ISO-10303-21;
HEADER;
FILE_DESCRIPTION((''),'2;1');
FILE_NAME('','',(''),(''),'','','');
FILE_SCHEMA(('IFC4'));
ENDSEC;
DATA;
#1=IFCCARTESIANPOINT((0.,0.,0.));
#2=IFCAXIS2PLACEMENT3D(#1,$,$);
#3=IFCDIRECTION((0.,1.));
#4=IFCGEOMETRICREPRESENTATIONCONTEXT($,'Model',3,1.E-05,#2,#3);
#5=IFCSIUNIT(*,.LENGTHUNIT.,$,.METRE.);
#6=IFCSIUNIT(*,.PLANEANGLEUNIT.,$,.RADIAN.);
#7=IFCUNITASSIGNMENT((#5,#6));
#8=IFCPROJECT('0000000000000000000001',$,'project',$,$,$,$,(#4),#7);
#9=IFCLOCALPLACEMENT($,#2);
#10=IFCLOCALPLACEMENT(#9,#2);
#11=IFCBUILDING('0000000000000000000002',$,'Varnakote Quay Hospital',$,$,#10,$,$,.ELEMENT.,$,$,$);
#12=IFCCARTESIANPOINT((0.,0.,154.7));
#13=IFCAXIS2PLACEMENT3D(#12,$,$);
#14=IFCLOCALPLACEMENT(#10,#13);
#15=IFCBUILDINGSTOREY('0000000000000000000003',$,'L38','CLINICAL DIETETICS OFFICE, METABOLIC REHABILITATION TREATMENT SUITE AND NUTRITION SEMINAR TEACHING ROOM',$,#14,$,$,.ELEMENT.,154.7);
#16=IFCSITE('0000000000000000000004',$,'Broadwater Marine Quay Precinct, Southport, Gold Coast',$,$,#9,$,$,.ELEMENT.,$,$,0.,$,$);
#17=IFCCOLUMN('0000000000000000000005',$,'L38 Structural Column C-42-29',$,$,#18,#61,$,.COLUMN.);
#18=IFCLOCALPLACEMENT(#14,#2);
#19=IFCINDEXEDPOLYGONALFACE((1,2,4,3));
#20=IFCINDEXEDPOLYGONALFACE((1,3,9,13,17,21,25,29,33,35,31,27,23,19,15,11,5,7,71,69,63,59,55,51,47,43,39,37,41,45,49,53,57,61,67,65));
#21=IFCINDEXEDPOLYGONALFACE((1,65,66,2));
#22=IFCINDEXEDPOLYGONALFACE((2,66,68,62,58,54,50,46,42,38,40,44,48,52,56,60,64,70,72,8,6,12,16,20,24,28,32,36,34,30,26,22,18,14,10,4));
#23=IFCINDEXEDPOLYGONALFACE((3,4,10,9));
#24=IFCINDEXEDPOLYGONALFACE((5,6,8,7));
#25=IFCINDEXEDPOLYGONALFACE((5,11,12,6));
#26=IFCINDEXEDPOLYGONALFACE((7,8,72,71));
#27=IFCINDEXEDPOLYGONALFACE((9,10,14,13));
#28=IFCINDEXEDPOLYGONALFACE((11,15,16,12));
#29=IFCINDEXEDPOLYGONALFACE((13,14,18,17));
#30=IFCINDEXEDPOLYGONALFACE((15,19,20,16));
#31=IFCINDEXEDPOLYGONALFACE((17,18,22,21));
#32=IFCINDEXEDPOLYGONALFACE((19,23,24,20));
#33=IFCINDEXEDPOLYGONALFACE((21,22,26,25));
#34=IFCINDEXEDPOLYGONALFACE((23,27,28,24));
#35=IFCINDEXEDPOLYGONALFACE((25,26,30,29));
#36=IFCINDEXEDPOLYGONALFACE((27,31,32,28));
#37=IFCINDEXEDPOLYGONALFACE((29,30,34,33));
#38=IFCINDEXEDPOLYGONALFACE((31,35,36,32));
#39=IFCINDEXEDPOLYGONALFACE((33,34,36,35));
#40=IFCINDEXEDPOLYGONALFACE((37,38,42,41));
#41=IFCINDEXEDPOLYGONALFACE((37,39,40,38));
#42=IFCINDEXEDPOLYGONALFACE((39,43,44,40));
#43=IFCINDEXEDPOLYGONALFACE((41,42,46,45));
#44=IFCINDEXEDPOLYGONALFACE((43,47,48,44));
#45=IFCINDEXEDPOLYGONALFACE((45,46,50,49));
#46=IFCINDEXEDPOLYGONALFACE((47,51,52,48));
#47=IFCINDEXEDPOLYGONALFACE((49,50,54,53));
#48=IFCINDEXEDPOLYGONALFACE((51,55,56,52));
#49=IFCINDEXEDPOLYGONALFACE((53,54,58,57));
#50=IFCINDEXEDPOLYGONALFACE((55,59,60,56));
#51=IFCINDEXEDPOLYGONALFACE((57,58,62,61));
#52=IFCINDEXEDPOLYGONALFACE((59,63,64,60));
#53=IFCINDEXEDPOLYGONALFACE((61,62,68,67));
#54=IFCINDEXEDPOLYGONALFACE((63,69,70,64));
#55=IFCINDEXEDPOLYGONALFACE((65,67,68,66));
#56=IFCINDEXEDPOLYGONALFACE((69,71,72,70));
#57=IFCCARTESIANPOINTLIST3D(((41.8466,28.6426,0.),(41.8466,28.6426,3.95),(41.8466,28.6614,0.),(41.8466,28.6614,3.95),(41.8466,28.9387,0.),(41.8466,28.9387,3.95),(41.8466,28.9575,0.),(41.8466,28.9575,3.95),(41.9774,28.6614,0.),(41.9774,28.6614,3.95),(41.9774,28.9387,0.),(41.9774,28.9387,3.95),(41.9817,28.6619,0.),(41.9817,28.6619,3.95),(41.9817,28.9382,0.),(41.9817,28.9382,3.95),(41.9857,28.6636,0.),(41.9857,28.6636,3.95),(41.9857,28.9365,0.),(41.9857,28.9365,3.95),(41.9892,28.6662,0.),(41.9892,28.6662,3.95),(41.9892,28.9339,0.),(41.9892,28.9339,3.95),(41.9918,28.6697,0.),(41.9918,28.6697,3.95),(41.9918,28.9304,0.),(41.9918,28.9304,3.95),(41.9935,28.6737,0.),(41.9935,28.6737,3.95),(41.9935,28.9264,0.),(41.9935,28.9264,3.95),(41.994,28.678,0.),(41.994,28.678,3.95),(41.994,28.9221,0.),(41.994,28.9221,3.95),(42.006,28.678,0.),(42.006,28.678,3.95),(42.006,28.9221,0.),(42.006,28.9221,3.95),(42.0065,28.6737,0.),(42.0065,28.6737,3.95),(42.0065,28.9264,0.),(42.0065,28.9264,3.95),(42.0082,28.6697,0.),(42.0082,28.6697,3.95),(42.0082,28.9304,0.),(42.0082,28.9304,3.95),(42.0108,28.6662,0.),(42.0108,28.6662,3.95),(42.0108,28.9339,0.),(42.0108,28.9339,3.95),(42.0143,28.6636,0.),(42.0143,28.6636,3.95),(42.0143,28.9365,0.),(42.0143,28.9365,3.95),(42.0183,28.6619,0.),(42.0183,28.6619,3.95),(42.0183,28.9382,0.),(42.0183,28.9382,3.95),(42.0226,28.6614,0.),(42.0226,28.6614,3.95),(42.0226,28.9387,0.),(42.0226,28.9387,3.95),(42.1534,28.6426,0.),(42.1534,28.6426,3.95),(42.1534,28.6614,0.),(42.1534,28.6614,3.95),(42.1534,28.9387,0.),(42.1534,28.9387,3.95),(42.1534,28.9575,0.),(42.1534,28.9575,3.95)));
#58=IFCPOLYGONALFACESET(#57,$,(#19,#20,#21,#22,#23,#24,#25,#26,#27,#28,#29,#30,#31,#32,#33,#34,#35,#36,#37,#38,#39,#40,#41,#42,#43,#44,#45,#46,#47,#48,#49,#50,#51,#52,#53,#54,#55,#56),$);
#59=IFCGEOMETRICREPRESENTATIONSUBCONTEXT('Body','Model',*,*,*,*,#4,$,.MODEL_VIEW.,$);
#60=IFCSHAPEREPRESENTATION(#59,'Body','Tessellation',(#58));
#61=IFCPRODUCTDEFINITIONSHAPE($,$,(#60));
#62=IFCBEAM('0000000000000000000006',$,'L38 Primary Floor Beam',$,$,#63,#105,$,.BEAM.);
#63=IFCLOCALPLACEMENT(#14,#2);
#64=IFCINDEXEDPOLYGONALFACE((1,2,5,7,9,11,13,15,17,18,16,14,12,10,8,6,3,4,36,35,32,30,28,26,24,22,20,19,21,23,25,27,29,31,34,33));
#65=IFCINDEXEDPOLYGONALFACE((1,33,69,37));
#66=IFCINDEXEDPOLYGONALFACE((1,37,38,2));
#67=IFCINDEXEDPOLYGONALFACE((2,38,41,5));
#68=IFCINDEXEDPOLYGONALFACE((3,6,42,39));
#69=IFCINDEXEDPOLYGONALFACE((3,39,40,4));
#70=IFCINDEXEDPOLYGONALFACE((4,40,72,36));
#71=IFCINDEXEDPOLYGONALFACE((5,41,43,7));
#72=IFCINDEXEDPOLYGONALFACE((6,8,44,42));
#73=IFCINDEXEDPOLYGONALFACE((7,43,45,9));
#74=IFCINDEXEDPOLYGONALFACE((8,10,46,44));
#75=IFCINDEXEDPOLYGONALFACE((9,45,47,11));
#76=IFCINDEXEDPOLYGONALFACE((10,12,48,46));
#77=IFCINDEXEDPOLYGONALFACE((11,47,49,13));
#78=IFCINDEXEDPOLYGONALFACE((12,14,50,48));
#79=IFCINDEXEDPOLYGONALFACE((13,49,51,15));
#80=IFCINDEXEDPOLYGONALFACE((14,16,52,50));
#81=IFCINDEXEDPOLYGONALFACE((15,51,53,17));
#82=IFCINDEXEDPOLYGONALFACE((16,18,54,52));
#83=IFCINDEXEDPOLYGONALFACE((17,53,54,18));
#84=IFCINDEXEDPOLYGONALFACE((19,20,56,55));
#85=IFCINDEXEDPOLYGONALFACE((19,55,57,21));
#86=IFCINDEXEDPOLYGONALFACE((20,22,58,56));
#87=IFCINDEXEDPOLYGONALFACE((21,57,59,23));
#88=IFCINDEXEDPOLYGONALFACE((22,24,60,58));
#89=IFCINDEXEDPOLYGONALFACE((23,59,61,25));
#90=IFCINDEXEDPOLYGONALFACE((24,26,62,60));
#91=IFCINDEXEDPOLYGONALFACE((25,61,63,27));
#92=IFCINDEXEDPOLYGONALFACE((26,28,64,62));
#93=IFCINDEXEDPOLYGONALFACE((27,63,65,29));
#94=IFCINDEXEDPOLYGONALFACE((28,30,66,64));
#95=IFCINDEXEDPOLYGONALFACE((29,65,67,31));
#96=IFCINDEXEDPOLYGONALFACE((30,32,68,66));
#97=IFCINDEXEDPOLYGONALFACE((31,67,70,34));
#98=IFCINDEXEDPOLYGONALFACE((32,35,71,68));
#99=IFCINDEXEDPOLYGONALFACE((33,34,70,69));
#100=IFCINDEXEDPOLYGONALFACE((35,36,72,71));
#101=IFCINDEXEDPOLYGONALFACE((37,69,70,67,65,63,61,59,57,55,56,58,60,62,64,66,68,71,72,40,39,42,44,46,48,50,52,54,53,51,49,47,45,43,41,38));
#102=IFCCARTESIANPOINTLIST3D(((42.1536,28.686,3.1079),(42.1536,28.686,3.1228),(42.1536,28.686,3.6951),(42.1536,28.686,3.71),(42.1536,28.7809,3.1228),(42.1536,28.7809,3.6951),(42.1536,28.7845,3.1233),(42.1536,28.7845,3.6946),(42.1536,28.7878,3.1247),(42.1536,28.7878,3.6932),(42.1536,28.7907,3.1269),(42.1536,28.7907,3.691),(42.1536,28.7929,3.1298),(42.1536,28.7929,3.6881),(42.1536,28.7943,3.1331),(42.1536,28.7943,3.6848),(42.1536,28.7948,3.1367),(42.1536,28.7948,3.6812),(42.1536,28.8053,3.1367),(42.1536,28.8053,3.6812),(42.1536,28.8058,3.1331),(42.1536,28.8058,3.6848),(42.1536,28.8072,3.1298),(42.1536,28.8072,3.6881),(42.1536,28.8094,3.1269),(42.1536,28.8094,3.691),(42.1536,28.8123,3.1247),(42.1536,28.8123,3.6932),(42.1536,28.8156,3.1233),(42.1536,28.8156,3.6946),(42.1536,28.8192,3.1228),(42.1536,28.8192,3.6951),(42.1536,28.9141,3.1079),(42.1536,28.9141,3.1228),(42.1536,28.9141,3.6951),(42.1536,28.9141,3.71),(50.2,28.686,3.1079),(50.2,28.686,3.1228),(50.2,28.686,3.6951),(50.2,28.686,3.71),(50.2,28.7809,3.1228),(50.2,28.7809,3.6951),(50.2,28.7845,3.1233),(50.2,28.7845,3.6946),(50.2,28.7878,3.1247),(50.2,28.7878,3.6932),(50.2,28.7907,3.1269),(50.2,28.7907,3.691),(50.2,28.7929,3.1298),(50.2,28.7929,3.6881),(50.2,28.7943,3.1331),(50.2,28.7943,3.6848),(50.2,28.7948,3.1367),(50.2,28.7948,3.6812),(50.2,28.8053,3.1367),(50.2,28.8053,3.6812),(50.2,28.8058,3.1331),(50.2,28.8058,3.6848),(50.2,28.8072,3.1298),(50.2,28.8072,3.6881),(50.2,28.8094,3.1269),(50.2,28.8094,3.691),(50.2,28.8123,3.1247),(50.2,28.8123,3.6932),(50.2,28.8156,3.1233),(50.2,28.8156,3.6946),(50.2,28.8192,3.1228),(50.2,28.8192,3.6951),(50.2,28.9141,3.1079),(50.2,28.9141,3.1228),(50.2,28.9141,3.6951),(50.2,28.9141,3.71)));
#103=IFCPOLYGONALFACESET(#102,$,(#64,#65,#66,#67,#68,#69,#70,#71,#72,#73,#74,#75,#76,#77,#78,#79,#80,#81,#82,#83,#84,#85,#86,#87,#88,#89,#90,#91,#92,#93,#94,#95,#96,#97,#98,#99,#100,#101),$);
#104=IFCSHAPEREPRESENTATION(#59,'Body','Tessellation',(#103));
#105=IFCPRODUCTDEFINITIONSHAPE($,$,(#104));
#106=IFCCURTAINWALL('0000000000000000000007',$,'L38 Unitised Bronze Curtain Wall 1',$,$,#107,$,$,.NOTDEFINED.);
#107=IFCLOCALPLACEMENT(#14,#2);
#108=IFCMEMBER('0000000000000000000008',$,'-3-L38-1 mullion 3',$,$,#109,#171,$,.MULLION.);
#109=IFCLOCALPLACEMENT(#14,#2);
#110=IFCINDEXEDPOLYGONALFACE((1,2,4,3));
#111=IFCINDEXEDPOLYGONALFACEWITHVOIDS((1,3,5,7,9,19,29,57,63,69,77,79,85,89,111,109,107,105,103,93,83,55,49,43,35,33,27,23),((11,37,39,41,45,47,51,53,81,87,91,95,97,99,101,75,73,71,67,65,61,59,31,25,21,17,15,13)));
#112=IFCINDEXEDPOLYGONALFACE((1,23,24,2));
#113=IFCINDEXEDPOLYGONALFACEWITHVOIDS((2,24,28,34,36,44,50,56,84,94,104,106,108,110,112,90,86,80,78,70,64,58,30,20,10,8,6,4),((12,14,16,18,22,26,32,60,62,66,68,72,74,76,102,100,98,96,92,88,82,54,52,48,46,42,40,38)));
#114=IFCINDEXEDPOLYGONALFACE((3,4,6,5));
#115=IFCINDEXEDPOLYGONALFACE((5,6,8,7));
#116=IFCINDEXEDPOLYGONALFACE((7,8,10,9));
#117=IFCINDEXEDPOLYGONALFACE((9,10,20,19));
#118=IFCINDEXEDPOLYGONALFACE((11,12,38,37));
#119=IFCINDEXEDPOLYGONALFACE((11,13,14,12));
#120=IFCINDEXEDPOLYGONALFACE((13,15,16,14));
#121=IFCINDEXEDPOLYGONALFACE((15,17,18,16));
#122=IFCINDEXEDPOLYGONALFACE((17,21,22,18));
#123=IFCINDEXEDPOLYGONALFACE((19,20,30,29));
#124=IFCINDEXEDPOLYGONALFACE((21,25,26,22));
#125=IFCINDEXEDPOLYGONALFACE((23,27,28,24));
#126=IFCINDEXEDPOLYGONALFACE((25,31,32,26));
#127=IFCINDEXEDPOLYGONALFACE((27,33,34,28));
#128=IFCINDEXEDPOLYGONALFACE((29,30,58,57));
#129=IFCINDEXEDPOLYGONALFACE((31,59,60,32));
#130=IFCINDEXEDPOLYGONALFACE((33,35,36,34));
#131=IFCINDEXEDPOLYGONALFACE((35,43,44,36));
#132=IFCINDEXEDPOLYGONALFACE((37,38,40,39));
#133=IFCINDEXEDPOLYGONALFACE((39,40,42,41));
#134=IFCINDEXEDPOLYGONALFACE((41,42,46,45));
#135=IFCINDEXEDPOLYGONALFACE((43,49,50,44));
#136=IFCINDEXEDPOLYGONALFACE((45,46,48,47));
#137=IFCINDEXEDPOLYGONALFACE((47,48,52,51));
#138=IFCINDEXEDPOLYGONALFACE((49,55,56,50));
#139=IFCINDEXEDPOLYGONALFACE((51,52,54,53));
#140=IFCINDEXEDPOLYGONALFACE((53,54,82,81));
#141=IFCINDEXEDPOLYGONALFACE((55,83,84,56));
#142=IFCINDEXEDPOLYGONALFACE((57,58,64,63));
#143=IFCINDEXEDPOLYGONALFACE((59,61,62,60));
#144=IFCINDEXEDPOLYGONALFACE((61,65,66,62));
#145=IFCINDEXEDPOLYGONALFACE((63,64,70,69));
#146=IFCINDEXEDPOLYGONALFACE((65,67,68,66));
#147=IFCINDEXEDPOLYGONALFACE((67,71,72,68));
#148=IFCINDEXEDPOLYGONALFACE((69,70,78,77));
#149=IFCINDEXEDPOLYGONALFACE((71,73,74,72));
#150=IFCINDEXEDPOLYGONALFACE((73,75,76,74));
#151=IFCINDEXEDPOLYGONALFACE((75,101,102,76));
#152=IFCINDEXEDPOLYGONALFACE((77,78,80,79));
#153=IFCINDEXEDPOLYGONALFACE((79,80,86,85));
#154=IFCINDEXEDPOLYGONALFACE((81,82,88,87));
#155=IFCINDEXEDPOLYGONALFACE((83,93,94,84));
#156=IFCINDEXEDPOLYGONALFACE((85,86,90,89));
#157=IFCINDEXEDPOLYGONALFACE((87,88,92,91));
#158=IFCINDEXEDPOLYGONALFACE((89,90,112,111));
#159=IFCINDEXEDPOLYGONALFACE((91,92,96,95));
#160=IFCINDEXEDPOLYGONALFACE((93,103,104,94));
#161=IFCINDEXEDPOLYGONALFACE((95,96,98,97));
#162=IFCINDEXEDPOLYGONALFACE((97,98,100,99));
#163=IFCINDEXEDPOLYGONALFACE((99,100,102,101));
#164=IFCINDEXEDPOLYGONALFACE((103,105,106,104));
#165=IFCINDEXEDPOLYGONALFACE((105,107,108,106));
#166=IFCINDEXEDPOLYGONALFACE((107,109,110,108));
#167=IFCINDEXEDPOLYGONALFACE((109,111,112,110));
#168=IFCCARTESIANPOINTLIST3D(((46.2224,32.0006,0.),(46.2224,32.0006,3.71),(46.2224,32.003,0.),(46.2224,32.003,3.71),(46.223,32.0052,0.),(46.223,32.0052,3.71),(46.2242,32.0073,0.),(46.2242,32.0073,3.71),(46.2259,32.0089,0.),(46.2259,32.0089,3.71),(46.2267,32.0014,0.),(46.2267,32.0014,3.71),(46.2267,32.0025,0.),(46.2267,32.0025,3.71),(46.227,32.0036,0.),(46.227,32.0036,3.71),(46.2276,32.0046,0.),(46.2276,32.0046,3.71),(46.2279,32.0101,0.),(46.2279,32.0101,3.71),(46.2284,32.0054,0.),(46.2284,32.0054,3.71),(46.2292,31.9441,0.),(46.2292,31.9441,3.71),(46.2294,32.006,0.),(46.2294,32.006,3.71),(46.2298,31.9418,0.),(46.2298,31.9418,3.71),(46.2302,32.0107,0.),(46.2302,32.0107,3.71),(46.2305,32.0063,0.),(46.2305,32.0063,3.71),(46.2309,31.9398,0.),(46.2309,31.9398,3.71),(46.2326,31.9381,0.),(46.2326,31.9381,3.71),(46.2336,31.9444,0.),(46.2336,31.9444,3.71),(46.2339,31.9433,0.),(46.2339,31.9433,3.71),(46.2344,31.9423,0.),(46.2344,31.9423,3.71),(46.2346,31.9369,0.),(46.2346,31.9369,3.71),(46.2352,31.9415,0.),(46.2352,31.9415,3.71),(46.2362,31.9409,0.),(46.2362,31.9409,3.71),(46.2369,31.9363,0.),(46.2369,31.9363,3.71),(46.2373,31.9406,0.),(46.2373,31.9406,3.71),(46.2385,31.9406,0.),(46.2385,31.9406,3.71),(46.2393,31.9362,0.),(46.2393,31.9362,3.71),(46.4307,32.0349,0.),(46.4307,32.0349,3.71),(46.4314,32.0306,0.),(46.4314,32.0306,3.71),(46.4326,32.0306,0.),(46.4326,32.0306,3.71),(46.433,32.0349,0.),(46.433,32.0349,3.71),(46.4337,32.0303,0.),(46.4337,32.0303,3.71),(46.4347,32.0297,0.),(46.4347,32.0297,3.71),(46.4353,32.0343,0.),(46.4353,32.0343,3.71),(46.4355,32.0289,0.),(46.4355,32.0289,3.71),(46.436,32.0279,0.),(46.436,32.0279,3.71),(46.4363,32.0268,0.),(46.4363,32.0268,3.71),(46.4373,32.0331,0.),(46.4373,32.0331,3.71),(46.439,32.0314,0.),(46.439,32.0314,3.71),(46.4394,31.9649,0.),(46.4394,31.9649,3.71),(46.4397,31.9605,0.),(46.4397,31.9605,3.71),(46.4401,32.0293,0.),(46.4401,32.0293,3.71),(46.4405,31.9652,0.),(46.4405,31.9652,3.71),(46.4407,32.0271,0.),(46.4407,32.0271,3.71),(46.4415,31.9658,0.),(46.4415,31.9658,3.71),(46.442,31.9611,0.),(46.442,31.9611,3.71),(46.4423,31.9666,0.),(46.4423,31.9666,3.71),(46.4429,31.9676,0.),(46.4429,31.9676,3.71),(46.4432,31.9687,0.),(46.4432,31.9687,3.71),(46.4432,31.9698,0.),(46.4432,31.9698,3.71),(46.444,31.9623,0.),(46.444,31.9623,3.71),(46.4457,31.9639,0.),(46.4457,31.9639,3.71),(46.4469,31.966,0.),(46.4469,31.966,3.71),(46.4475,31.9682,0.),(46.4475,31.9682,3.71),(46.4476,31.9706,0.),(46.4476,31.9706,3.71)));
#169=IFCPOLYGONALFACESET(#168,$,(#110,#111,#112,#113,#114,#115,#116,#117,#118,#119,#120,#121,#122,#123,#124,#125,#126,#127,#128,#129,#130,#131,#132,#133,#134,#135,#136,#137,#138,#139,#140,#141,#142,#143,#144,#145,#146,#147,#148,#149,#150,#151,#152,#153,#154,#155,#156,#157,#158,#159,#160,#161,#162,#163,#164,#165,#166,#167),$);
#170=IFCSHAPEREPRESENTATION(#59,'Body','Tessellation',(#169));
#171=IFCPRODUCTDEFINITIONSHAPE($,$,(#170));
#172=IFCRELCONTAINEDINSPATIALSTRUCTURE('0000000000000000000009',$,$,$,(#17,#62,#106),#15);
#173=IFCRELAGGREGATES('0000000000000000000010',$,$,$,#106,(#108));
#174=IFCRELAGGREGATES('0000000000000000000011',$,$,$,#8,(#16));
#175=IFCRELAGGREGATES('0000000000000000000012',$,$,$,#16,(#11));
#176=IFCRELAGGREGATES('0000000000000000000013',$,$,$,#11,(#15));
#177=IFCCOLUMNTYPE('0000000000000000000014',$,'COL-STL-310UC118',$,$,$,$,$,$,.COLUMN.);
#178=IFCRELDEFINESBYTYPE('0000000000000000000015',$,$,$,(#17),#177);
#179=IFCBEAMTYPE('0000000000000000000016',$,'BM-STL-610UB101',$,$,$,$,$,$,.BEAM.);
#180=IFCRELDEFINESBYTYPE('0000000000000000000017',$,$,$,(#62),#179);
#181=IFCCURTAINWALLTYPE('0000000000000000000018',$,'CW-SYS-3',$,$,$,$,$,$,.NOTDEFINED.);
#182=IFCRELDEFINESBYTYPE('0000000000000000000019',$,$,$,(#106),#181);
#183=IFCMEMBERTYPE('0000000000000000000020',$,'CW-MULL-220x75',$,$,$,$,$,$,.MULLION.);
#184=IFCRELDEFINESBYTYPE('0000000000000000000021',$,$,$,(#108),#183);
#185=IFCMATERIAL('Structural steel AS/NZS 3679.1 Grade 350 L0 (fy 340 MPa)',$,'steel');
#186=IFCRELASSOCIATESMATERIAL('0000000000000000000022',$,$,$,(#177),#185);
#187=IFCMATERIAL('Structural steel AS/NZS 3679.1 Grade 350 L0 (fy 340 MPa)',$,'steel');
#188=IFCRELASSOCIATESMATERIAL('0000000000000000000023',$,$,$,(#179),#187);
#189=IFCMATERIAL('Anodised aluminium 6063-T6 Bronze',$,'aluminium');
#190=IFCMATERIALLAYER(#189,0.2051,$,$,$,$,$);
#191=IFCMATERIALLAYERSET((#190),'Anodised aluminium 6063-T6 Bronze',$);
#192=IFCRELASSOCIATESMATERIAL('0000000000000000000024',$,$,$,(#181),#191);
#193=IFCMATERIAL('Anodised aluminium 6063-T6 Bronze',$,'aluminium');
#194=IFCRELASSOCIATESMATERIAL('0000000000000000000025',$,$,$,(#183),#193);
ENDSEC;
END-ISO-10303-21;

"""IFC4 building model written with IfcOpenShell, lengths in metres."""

from ifc_helpers import new_model, si_unit, direction, frame, origin, origin_2d, place, context, subcontext, project, spatial, hollow_rectangle, i_section, extrude, material, layer, layer_set, material_profile, profile_set, type_object, element, aggregate, save


model = new_model("IFC4")

# Units and contexts
model_context = context("Model", 3, precision=1e-05, world=origin(), true_north=direction((0.0, 1.0)))
body_context = subcontext(model_context, "Body", "Model", "MODEL_VIEW")
ifc_project = project(units=[si_unit("LENGTHUNIT", "METRE"), si_unit("PLANEANGLEUNIT", "RADIAN")], contexts=[model_context])

# Site, building, storey
site_placement = place(None, origin())
site = spatial("IfcSite", under=ifc_project, at=site_placement, Name="Broadwater Marine Quay Precinct, Southport, Gold Coast", CompositionType="ELEMENT", RefElevation=0.0)
building_placement = place(site_placement, origin())
building = spatial("IfcBuilding", under=site, at=building_placement, Name="Varnakote Quay Hospital", CompositionType="ELEMENT")
storey_placement = place(building_placement, frame((0.0, 0.0, 154.7)))
storey = spatial("IfcBuildingStorey", under=building, at=storey_placement, Name="L38", Description="CLINICAL DIETETICS OFFICE, METABOLIC REHABILITATION TREATMENT SUITE AND NUTRITION SEMINAR TEACHING ROOM", CompositionType="ELEMENT", Elevation=154.7)

# Column
ifc_material_1 = material(Name="Structural steel AS/NZS 3679.1 Grade 350 L0 (fy 340 MPa)", Category="steel")
ifc_material_profile_1 = material_profile(ifc_material_1, i_section(OverallWidth=0.3069, OverallDepth=0.3149, WebThickness=0.012, FlangeThickness=0.0188, FilletRadius=0.0166, at=origin_2d()), Name="310UC118")
ifc_profile_set_1 = profile_set([ifc_material_profile_1], Name="Structural steel AS/NZS 3679.1 Grade 350 L0 (fy 340 MPa)")
column_type = type_object("IfcColumnType", Name="COL-STL-310UC118", PredefinedType="COLUMN", material=ifc_profile_set_1)
column_placement = place(storey_placement, frame((42.0, 28.8, 0.0), z_axis=(0.0, 0.0, 1.0), x_axis=(1.0, 0.0, 0.0)))
element("IfcColumn", 1, at=column_placement, inside=storey, type_object=column_type, Name="L38 Structural Column C-42-29", PredefinedType="COLUMN", context=body_context, shape_type="SweptSolid", body=[
    extrude(i_section(OverallWidth=0.3069, OverallDepth=0.3149, WebThickness=0.012, FlangeThickness=0.0188, FilletRadius=0.0166, at=origin_2d()), origin(), (0.0, 0.0, 1.0), 3.95),
])

# Beam
ifc_material_2 = material(Name="Structural steel AS/NZS 3679.1 Grade 350 L0 (fy 340 MPa)", Category="steel")
ifc_material_profile_2 = material_profile(ifc_material_2, i_section(OverallWidth=0.228, OverallDepth=0.6021, WebThickness=0.0105, FlangeThickness=0.0149, FilletRadius=0.0139, at=origin_2d()), Name="610UB101")
ifc_profile_set_2 = profile_set([ifc_material_profile_2], Name="Structural steel AS/NZS 3679.1 Grade 350 L0 (fy 340 MPa)")
beam_type_1 = type_object("IfcBeamType", Name="BM-STL-610UB101", PredefinedType="BEAM", material=ifc_profile_set_2)
beam_1_placement = place(storey_placement, frame((42.1536, 28.8, 3.4089), z_axis=(1.0, 0.0, 0.0), x_axis=(0.0, 1.0, 0.0)))
element("IfcBeam", 2, at=beam_1_placement, inside=storey, type_object=beam_type_1, Name="L38 Primary Floor Beam", PredefinedType="BEAM", context=body_context, shape_type="SweptSolid", body=[
    extrude(i_section(OverallWidth=0.228, OverallDepth=0.6021, WebThickness=0.0105, FlangeThickness=0.0149, FilletRadius=0.0139, at=origin_2d()), origin(), (0.0, 0.0, 1.0), 8.0464),
])

# Curtain wall, member
ifc_material_3 = material(Name="Anodised aluminium 6063-T6 Bronze", Category="aluminium")
ifc_layer_1 = layer(ifc_material_3, 0.2051)
ifc_layer_set_1 = layer_set([ifc_layer_1], Name="Anodised aluminium 6063-T6 Bronze")
curtain_wall_type = type_object("IfcCurtainWallType", Name="CW-SYS-3", PredefinedType="NOTDEFINED", material=ifc_layer_set_1)
curtain_wall_placement = place(storey_placement, origin())
curtain_wall = element("IfcCurtainWall", 3, at=curtain_wall_placement, inside=storey, type_object=curtain_wall_type, Name="L38 Unitised Bronze Curtain Wall 1", PredefinedType="NOTDEFINED")
ifc_material_4 = material(Name="Anodised aluminium 6063-T6 Bronze", Category="aluminium")
ifc_material_profile_3 = material_profile(ifc_material_4, hollow_rectangle(XDim=0.075, YDim=0.22, WallThickness=0.0044, InnerFilletRadius=0.0044, OuterFilletRadius=0.009, at=origin_2d()), Name="CW-MULL-220x75")
ifc_profile_set_3 = profile_set([ifc_material_profile_3], Name="Anodised aluminium 6063-T6 Bronze")
member_type_1 = type_object("IfcMemberType", Name="CW-MULL-220x75", PredefinedType="MULLION", material=ifc_profile_set_3)
member_1_placement = place(storey_placement, frame((46.335, 31.9856, 0.0), z_axis=(0.0, 0.0, 1.0), x_axis=(0.120327, -0.992734, 0.0)))
member_1 = element("IfcMember", 4, at=member_1_placement, type_object=member_type_1, Name="-3-L38-1 mullion 3", PredefinedType="MULLION", context=body_context, shape_type="SweptSolid", body=[
    extrude(hollow_rectangle(XDim=0.075, YDim=0.22, WallThickness=0.0044, InnerFilletRadius=0.0044, OuterFilletRadius=0.009, at=origin_2d()), origin(), (0.0, 0.0, 1.0), 3.71),
])

aggregate(curtain_wall, [member_1])

save(model, "model.ifc")
